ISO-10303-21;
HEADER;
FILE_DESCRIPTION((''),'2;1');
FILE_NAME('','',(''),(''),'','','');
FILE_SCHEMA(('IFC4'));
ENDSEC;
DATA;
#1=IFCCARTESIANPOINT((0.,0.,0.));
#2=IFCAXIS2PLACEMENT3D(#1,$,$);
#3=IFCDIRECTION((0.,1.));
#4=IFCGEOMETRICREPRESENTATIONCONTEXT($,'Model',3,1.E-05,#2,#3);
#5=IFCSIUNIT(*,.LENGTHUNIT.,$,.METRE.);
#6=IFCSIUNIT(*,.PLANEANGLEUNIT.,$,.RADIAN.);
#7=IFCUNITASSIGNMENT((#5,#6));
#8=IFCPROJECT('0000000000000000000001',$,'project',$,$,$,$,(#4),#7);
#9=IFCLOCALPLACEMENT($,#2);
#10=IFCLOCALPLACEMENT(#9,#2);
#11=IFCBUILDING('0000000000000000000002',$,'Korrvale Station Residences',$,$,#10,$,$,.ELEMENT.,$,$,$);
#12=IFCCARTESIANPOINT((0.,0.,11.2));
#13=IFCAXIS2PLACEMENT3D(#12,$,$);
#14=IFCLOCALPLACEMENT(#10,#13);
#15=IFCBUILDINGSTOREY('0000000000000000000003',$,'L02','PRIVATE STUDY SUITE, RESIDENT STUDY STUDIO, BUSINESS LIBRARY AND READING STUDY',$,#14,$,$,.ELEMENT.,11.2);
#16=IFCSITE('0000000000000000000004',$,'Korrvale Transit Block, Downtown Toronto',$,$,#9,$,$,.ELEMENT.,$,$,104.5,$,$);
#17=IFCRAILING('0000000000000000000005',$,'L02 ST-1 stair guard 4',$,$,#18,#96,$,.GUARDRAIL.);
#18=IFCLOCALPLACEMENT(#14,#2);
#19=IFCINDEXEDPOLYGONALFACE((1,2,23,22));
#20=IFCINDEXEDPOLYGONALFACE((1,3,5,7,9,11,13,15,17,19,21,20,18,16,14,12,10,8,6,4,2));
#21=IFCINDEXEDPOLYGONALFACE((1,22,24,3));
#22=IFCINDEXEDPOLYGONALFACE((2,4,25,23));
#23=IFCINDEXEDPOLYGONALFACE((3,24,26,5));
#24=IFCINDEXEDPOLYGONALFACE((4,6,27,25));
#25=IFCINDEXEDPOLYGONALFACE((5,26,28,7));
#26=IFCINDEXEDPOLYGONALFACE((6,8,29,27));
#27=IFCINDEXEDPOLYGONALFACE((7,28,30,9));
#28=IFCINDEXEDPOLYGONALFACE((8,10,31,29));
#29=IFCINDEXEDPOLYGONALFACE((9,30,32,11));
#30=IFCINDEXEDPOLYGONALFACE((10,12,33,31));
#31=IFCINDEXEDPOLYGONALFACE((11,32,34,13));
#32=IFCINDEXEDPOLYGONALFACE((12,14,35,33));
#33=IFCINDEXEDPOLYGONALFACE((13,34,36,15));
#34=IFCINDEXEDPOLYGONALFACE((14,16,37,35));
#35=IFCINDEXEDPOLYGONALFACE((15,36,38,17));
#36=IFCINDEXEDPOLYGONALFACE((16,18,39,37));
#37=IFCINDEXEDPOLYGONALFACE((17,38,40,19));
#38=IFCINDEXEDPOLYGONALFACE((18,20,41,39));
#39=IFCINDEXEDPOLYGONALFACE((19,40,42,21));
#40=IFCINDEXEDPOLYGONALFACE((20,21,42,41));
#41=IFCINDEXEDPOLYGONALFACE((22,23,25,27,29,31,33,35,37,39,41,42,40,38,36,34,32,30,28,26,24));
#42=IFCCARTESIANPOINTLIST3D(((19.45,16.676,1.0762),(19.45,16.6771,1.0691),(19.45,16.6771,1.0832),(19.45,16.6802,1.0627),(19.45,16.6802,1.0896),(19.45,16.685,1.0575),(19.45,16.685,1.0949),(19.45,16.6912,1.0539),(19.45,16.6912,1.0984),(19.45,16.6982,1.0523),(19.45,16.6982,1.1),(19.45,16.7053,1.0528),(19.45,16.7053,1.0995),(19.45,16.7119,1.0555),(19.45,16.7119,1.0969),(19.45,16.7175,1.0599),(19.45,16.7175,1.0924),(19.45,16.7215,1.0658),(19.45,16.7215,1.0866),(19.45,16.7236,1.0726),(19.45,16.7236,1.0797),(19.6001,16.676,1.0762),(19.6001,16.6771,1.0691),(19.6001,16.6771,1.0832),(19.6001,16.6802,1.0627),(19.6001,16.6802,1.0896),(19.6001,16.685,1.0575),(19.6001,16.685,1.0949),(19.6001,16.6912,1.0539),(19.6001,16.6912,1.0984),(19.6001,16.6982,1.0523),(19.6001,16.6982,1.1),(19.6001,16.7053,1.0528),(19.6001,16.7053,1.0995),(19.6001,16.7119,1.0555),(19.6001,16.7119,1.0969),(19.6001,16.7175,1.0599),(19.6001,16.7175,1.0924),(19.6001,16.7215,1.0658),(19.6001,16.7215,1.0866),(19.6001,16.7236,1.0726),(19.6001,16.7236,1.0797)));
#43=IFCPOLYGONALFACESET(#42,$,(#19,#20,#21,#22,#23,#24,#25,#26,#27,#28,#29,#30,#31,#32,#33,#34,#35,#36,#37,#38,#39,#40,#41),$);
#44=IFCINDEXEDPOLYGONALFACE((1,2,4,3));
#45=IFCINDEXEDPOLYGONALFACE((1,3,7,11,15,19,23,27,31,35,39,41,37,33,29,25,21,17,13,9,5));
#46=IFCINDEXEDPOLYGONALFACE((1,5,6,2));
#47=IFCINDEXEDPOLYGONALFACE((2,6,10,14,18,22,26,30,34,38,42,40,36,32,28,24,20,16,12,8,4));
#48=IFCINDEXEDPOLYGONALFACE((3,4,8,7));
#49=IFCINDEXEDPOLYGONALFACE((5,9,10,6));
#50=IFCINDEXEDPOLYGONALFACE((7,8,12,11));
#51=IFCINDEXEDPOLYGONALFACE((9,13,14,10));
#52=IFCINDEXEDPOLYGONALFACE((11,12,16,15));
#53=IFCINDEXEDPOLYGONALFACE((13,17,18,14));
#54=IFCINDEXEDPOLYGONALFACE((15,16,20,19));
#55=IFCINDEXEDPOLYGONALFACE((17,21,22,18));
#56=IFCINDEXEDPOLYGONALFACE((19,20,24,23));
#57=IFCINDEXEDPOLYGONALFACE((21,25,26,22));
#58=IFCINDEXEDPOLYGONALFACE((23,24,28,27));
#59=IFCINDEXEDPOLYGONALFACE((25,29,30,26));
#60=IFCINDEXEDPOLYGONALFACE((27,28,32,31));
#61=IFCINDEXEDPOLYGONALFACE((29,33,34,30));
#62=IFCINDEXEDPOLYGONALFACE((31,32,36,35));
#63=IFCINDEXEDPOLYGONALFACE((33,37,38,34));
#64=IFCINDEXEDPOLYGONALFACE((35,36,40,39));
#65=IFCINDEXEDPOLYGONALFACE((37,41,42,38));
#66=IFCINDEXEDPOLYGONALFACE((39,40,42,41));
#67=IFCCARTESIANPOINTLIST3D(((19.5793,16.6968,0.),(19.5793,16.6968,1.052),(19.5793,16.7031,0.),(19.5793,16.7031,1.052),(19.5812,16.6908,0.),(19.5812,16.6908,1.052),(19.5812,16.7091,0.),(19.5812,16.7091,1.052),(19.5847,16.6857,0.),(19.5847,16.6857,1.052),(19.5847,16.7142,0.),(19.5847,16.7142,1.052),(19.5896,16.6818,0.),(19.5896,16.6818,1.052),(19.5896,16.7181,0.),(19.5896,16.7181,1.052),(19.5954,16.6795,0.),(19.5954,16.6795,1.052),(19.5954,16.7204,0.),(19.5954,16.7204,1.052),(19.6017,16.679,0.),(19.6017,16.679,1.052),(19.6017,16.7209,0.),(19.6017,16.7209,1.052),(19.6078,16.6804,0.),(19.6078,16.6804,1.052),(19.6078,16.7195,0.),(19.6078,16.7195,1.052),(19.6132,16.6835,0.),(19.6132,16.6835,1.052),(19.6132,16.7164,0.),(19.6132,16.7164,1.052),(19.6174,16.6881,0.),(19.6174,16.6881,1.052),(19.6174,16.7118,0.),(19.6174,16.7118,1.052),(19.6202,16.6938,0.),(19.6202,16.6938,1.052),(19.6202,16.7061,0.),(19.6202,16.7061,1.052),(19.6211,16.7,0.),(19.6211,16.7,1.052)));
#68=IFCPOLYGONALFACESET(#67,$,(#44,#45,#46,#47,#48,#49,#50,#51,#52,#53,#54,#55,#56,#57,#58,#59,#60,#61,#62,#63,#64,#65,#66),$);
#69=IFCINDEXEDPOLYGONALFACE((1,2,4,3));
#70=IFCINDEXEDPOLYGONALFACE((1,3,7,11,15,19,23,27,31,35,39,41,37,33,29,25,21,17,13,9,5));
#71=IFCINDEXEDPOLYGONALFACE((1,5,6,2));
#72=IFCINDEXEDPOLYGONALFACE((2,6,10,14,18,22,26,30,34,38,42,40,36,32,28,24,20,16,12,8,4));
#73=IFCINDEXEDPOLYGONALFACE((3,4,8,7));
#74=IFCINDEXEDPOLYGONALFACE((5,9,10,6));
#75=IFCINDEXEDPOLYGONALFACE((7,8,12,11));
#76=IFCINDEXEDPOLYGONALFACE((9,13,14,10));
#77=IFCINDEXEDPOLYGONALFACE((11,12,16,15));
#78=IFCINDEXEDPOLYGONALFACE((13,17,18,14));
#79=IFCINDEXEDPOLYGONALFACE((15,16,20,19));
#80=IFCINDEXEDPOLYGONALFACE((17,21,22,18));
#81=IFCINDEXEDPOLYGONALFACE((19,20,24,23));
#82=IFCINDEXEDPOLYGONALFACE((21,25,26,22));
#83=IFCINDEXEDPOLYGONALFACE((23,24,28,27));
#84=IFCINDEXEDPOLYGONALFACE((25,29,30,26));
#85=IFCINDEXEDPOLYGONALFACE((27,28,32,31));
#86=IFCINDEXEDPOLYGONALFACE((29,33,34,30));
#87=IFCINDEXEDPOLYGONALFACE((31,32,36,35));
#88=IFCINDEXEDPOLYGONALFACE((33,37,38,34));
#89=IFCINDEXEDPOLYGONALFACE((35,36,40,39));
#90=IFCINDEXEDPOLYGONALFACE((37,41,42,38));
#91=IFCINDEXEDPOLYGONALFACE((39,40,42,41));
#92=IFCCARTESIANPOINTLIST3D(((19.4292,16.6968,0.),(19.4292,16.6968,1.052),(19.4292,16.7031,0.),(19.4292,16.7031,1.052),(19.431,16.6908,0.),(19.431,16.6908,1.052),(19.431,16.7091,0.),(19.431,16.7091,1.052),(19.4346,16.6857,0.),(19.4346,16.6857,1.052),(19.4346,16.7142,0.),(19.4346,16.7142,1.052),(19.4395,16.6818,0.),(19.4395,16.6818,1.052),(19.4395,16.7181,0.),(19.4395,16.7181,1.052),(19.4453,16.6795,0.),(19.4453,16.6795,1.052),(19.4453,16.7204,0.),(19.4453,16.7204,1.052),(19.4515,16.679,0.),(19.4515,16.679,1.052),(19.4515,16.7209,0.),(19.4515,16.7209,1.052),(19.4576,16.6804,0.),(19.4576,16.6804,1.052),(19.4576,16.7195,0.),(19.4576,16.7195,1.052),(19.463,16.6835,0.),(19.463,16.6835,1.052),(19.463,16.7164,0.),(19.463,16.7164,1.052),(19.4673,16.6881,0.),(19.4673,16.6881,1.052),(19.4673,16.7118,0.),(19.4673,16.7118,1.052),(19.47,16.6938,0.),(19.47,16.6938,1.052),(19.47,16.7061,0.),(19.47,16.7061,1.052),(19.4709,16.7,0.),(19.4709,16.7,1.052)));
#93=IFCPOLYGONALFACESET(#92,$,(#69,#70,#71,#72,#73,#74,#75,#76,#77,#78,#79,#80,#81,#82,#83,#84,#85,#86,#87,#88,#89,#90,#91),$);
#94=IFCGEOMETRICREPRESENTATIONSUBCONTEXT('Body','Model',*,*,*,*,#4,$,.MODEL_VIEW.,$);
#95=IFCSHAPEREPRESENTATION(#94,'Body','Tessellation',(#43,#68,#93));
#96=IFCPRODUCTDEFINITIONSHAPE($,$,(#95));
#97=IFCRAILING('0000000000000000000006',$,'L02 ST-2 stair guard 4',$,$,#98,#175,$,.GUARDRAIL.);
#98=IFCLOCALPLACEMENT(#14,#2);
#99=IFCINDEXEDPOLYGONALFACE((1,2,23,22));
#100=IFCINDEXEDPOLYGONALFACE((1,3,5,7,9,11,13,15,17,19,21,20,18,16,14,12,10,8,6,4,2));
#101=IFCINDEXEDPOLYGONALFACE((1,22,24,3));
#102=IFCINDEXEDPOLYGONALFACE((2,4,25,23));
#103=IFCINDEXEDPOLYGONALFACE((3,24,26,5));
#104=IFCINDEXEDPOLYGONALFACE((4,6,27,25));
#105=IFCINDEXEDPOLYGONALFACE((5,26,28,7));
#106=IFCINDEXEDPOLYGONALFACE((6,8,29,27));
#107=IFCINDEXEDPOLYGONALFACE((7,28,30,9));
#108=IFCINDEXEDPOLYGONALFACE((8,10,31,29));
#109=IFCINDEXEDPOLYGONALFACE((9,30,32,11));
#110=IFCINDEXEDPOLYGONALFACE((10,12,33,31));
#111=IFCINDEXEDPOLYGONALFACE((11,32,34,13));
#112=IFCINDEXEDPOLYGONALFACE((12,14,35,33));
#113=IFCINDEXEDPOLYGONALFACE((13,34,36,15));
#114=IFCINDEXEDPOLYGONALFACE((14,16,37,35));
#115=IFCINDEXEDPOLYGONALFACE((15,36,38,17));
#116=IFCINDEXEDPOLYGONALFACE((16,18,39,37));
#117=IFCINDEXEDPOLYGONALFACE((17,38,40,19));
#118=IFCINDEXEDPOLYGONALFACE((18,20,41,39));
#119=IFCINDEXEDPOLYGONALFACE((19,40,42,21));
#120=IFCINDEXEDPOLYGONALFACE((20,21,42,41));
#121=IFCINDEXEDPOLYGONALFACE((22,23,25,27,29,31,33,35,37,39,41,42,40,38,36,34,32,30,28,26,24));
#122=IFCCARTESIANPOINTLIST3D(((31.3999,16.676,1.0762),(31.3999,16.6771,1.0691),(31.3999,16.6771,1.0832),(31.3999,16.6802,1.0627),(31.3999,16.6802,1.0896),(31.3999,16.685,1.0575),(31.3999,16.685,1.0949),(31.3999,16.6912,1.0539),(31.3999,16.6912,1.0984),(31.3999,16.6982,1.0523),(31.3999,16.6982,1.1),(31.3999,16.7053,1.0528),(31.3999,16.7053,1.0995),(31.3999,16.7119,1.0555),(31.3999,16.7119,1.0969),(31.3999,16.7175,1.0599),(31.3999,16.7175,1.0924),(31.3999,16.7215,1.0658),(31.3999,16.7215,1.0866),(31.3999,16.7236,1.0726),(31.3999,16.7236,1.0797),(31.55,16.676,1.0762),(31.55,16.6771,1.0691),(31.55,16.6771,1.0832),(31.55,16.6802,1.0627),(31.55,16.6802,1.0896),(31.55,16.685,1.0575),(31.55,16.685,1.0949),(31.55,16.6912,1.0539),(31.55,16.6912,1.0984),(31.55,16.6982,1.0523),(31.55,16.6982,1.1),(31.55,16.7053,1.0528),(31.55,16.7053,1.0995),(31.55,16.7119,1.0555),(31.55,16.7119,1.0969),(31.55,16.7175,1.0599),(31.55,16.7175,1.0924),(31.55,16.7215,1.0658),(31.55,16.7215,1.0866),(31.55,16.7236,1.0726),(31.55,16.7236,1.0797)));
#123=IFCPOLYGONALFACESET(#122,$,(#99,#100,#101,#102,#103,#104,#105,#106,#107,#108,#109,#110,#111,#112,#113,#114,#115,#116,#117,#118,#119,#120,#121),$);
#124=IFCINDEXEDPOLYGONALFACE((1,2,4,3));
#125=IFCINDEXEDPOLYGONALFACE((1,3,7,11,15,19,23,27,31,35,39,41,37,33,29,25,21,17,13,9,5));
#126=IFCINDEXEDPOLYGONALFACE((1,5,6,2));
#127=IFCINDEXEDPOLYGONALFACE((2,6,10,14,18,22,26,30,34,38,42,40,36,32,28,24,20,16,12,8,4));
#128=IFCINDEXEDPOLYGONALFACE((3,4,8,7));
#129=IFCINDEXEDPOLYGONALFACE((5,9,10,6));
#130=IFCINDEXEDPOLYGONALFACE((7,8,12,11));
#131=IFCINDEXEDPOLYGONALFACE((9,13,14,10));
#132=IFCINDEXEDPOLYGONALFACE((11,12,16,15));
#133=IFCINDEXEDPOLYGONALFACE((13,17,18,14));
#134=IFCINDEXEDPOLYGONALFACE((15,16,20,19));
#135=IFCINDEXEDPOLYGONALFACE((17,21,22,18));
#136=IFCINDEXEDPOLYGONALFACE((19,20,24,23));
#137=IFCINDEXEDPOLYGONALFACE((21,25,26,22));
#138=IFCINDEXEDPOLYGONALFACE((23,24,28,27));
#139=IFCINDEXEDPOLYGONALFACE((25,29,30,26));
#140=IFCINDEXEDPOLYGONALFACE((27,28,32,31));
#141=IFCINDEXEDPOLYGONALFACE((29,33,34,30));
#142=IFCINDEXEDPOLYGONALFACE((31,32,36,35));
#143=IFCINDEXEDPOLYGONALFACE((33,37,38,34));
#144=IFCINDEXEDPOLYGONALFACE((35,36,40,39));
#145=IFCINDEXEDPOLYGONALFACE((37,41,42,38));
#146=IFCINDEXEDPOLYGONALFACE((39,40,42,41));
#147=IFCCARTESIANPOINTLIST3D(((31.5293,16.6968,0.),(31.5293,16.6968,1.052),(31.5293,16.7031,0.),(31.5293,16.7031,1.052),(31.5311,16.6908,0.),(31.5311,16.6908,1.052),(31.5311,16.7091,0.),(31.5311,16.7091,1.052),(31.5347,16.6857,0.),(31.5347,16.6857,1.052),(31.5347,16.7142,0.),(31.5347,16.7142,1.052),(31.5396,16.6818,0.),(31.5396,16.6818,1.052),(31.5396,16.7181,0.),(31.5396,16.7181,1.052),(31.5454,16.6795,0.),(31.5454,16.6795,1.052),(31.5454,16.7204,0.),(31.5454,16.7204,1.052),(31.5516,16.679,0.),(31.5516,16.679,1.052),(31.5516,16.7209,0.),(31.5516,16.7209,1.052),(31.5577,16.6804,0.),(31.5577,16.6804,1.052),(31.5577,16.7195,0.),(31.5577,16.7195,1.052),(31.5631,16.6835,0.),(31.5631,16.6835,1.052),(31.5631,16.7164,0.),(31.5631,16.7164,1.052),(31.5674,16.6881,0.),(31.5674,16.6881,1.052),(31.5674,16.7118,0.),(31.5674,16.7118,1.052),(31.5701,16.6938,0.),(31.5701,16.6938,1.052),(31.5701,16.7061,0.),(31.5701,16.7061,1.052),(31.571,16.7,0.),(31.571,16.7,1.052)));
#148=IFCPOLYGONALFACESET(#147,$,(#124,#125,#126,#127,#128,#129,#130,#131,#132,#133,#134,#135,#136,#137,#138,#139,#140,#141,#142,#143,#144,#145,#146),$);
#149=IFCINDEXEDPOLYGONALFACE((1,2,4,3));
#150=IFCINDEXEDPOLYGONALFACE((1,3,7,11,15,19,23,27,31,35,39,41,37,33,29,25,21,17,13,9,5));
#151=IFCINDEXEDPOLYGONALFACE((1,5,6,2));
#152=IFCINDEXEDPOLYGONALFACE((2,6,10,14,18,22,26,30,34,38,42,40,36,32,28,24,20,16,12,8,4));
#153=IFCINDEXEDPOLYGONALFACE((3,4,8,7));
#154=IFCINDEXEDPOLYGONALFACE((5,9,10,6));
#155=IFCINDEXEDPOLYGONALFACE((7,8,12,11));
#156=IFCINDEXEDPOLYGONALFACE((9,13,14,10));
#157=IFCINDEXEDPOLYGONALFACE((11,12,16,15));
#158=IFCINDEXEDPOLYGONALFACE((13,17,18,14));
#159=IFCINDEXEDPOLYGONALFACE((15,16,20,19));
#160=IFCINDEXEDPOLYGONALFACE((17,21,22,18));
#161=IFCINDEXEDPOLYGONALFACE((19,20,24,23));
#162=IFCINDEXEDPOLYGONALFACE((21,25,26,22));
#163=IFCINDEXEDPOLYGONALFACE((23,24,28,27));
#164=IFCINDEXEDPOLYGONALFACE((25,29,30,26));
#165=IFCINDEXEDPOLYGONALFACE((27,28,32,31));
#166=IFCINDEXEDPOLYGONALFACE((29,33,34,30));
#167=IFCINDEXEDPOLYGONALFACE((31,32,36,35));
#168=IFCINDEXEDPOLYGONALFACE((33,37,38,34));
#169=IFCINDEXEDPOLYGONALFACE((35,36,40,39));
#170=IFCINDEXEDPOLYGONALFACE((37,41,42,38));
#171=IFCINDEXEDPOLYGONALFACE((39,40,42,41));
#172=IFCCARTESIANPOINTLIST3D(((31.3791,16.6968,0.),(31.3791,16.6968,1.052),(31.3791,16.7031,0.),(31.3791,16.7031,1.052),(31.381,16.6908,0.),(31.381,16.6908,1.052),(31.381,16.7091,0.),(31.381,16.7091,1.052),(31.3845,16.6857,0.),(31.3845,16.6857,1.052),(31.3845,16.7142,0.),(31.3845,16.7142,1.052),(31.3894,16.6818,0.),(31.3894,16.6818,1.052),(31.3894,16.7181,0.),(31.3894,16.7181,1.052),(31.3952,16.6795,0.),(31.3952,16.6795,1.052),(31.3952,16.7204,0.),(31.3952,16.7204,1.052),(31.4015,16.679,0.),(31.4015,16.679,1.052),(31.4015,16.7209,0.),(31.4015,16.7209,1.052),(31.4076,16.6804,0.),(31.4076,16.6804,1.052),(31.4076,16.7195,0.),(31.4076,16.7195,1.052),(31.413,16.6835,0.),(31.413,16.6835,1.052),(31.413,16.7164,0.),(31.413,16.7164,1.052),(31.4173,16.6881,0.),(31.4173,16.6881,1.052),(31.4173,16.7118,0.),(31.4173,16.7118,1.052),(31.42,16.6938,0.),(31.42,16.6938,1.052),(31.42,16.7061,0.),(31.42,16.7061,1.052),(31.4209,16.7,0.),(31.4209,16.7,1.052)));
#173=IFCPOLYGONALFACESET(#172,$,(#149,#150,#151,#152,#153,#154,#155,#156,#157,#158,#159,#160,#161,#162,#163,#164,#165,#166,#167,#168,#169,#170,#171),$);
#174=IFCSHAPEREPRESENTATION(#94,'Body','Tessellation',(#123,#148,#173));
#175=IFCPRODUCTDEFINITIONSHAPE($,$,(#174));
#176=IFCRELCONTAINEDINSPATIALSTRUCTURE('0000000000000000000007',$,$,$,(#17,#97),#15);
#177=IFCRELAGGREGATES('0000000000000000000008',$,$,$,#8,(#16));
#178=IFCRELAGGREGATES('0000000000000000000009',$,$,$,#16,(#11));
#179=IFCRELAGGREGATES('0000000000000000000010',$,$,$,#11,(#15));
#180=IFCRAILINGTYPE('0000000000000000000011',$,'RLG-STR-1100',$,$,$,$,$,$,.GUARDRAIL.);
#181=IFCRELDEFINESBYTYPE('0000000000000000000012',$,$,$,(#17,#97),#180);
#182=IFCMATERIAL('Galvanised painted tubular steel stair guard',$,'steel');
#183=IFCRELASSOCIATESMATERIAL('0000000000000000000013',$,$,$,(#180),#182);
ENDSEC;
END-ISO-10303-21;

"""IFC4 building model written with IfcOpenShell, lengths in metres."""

from ifc_helpers import new_model, si_unit, direction, frame, origin, origin_2d, place, context, subcontext, project, spatial, circle, extrude, material, type_object, element, save


model = new_model("IFC4")

# Units and contexts
model_context = context("Model", 3, precision=1e-05, world=origin(), true_north=direction((0.0, 1.0)))
body_context = subcontext(model_context, "Body", "Model", "MODEL_VIEW")
ifc_project = project(units=[si_unit("LENGTHUNIT", "METRE"), si_unit("PLANEANGLEUNIT", "RADIAN")], contexts=[model_context])

# Site, building, storey
site_placement = place(None, origin())
site = spatial("IfcSite", under=ifc_project, at=site_placement, Name="Korrvale Transit Block, Downtown Toronto", CompositionType="ELEMENT", RefElevation=104.5)
building_placement = place(site_placement, origin())
building = spatial("IfcBuilding", under=site, at=building_placement, Name="Korrvale Station Residences", CompositionType="ELEMENT")
storey_placement = place(building_placement, frame((0.0, 0.0, 11.2)))
storey = spatial("IfcBuildingStorey", under=building, at=storey_placement, Name="L02", Description="PRIVATE STUDY SUITE, RESIDENT STUDY STUDIO, BUSINESS LIBRARY AND READING STUDY", CompositionType="ELEMENT", Elevation=11.2)

# Railings
ifc_material_1 = material(Name="Galvanised painted tubular steel stair guard", Category="steel")
railing_type_1 = type_object("IfcRailingType", Name="RLG-STR-1100", PredefinedType="GUARDRAIL", material=ifc_material_1)
for number, where, name in (
    (1, (19.6001, 16.7, 0.0), "L02 ST-1 stair guard 4"),
    (2, (31.55, 16.7, 0.0), "L02 ST-2 stair guard 4"),
):
    element("IfcRailing", number, at=place(storey_placement, frame(where)), inside=storey, type_object=railing_type_1, Name=name, PredefinedType="GUARDRAIL", context=body_context, shape_type="SweptSolid", body=[
        extrude(circle(Radius=0.0239, at=origin_2d()), frame((0.0, 0.0, 1.0762), z_axis=(-1.0, 0.0, 0.0), x_axis=(0.0, -1.0, 0.0)), (0.0, 0.0, 1.0), 0.1501),
        extrude(circle(Radius=0.021, at=origin_2d()), origin(), (0.0, 0.0, 1.0), 1.052),
        extrude(circle(Radius=0.021, at=origin_2d()), frame((-0.1501, 0.0, 0.0)), (0.0, 0.0, 1.0), 1.052),
    ])

save(model, "model.ifc")
